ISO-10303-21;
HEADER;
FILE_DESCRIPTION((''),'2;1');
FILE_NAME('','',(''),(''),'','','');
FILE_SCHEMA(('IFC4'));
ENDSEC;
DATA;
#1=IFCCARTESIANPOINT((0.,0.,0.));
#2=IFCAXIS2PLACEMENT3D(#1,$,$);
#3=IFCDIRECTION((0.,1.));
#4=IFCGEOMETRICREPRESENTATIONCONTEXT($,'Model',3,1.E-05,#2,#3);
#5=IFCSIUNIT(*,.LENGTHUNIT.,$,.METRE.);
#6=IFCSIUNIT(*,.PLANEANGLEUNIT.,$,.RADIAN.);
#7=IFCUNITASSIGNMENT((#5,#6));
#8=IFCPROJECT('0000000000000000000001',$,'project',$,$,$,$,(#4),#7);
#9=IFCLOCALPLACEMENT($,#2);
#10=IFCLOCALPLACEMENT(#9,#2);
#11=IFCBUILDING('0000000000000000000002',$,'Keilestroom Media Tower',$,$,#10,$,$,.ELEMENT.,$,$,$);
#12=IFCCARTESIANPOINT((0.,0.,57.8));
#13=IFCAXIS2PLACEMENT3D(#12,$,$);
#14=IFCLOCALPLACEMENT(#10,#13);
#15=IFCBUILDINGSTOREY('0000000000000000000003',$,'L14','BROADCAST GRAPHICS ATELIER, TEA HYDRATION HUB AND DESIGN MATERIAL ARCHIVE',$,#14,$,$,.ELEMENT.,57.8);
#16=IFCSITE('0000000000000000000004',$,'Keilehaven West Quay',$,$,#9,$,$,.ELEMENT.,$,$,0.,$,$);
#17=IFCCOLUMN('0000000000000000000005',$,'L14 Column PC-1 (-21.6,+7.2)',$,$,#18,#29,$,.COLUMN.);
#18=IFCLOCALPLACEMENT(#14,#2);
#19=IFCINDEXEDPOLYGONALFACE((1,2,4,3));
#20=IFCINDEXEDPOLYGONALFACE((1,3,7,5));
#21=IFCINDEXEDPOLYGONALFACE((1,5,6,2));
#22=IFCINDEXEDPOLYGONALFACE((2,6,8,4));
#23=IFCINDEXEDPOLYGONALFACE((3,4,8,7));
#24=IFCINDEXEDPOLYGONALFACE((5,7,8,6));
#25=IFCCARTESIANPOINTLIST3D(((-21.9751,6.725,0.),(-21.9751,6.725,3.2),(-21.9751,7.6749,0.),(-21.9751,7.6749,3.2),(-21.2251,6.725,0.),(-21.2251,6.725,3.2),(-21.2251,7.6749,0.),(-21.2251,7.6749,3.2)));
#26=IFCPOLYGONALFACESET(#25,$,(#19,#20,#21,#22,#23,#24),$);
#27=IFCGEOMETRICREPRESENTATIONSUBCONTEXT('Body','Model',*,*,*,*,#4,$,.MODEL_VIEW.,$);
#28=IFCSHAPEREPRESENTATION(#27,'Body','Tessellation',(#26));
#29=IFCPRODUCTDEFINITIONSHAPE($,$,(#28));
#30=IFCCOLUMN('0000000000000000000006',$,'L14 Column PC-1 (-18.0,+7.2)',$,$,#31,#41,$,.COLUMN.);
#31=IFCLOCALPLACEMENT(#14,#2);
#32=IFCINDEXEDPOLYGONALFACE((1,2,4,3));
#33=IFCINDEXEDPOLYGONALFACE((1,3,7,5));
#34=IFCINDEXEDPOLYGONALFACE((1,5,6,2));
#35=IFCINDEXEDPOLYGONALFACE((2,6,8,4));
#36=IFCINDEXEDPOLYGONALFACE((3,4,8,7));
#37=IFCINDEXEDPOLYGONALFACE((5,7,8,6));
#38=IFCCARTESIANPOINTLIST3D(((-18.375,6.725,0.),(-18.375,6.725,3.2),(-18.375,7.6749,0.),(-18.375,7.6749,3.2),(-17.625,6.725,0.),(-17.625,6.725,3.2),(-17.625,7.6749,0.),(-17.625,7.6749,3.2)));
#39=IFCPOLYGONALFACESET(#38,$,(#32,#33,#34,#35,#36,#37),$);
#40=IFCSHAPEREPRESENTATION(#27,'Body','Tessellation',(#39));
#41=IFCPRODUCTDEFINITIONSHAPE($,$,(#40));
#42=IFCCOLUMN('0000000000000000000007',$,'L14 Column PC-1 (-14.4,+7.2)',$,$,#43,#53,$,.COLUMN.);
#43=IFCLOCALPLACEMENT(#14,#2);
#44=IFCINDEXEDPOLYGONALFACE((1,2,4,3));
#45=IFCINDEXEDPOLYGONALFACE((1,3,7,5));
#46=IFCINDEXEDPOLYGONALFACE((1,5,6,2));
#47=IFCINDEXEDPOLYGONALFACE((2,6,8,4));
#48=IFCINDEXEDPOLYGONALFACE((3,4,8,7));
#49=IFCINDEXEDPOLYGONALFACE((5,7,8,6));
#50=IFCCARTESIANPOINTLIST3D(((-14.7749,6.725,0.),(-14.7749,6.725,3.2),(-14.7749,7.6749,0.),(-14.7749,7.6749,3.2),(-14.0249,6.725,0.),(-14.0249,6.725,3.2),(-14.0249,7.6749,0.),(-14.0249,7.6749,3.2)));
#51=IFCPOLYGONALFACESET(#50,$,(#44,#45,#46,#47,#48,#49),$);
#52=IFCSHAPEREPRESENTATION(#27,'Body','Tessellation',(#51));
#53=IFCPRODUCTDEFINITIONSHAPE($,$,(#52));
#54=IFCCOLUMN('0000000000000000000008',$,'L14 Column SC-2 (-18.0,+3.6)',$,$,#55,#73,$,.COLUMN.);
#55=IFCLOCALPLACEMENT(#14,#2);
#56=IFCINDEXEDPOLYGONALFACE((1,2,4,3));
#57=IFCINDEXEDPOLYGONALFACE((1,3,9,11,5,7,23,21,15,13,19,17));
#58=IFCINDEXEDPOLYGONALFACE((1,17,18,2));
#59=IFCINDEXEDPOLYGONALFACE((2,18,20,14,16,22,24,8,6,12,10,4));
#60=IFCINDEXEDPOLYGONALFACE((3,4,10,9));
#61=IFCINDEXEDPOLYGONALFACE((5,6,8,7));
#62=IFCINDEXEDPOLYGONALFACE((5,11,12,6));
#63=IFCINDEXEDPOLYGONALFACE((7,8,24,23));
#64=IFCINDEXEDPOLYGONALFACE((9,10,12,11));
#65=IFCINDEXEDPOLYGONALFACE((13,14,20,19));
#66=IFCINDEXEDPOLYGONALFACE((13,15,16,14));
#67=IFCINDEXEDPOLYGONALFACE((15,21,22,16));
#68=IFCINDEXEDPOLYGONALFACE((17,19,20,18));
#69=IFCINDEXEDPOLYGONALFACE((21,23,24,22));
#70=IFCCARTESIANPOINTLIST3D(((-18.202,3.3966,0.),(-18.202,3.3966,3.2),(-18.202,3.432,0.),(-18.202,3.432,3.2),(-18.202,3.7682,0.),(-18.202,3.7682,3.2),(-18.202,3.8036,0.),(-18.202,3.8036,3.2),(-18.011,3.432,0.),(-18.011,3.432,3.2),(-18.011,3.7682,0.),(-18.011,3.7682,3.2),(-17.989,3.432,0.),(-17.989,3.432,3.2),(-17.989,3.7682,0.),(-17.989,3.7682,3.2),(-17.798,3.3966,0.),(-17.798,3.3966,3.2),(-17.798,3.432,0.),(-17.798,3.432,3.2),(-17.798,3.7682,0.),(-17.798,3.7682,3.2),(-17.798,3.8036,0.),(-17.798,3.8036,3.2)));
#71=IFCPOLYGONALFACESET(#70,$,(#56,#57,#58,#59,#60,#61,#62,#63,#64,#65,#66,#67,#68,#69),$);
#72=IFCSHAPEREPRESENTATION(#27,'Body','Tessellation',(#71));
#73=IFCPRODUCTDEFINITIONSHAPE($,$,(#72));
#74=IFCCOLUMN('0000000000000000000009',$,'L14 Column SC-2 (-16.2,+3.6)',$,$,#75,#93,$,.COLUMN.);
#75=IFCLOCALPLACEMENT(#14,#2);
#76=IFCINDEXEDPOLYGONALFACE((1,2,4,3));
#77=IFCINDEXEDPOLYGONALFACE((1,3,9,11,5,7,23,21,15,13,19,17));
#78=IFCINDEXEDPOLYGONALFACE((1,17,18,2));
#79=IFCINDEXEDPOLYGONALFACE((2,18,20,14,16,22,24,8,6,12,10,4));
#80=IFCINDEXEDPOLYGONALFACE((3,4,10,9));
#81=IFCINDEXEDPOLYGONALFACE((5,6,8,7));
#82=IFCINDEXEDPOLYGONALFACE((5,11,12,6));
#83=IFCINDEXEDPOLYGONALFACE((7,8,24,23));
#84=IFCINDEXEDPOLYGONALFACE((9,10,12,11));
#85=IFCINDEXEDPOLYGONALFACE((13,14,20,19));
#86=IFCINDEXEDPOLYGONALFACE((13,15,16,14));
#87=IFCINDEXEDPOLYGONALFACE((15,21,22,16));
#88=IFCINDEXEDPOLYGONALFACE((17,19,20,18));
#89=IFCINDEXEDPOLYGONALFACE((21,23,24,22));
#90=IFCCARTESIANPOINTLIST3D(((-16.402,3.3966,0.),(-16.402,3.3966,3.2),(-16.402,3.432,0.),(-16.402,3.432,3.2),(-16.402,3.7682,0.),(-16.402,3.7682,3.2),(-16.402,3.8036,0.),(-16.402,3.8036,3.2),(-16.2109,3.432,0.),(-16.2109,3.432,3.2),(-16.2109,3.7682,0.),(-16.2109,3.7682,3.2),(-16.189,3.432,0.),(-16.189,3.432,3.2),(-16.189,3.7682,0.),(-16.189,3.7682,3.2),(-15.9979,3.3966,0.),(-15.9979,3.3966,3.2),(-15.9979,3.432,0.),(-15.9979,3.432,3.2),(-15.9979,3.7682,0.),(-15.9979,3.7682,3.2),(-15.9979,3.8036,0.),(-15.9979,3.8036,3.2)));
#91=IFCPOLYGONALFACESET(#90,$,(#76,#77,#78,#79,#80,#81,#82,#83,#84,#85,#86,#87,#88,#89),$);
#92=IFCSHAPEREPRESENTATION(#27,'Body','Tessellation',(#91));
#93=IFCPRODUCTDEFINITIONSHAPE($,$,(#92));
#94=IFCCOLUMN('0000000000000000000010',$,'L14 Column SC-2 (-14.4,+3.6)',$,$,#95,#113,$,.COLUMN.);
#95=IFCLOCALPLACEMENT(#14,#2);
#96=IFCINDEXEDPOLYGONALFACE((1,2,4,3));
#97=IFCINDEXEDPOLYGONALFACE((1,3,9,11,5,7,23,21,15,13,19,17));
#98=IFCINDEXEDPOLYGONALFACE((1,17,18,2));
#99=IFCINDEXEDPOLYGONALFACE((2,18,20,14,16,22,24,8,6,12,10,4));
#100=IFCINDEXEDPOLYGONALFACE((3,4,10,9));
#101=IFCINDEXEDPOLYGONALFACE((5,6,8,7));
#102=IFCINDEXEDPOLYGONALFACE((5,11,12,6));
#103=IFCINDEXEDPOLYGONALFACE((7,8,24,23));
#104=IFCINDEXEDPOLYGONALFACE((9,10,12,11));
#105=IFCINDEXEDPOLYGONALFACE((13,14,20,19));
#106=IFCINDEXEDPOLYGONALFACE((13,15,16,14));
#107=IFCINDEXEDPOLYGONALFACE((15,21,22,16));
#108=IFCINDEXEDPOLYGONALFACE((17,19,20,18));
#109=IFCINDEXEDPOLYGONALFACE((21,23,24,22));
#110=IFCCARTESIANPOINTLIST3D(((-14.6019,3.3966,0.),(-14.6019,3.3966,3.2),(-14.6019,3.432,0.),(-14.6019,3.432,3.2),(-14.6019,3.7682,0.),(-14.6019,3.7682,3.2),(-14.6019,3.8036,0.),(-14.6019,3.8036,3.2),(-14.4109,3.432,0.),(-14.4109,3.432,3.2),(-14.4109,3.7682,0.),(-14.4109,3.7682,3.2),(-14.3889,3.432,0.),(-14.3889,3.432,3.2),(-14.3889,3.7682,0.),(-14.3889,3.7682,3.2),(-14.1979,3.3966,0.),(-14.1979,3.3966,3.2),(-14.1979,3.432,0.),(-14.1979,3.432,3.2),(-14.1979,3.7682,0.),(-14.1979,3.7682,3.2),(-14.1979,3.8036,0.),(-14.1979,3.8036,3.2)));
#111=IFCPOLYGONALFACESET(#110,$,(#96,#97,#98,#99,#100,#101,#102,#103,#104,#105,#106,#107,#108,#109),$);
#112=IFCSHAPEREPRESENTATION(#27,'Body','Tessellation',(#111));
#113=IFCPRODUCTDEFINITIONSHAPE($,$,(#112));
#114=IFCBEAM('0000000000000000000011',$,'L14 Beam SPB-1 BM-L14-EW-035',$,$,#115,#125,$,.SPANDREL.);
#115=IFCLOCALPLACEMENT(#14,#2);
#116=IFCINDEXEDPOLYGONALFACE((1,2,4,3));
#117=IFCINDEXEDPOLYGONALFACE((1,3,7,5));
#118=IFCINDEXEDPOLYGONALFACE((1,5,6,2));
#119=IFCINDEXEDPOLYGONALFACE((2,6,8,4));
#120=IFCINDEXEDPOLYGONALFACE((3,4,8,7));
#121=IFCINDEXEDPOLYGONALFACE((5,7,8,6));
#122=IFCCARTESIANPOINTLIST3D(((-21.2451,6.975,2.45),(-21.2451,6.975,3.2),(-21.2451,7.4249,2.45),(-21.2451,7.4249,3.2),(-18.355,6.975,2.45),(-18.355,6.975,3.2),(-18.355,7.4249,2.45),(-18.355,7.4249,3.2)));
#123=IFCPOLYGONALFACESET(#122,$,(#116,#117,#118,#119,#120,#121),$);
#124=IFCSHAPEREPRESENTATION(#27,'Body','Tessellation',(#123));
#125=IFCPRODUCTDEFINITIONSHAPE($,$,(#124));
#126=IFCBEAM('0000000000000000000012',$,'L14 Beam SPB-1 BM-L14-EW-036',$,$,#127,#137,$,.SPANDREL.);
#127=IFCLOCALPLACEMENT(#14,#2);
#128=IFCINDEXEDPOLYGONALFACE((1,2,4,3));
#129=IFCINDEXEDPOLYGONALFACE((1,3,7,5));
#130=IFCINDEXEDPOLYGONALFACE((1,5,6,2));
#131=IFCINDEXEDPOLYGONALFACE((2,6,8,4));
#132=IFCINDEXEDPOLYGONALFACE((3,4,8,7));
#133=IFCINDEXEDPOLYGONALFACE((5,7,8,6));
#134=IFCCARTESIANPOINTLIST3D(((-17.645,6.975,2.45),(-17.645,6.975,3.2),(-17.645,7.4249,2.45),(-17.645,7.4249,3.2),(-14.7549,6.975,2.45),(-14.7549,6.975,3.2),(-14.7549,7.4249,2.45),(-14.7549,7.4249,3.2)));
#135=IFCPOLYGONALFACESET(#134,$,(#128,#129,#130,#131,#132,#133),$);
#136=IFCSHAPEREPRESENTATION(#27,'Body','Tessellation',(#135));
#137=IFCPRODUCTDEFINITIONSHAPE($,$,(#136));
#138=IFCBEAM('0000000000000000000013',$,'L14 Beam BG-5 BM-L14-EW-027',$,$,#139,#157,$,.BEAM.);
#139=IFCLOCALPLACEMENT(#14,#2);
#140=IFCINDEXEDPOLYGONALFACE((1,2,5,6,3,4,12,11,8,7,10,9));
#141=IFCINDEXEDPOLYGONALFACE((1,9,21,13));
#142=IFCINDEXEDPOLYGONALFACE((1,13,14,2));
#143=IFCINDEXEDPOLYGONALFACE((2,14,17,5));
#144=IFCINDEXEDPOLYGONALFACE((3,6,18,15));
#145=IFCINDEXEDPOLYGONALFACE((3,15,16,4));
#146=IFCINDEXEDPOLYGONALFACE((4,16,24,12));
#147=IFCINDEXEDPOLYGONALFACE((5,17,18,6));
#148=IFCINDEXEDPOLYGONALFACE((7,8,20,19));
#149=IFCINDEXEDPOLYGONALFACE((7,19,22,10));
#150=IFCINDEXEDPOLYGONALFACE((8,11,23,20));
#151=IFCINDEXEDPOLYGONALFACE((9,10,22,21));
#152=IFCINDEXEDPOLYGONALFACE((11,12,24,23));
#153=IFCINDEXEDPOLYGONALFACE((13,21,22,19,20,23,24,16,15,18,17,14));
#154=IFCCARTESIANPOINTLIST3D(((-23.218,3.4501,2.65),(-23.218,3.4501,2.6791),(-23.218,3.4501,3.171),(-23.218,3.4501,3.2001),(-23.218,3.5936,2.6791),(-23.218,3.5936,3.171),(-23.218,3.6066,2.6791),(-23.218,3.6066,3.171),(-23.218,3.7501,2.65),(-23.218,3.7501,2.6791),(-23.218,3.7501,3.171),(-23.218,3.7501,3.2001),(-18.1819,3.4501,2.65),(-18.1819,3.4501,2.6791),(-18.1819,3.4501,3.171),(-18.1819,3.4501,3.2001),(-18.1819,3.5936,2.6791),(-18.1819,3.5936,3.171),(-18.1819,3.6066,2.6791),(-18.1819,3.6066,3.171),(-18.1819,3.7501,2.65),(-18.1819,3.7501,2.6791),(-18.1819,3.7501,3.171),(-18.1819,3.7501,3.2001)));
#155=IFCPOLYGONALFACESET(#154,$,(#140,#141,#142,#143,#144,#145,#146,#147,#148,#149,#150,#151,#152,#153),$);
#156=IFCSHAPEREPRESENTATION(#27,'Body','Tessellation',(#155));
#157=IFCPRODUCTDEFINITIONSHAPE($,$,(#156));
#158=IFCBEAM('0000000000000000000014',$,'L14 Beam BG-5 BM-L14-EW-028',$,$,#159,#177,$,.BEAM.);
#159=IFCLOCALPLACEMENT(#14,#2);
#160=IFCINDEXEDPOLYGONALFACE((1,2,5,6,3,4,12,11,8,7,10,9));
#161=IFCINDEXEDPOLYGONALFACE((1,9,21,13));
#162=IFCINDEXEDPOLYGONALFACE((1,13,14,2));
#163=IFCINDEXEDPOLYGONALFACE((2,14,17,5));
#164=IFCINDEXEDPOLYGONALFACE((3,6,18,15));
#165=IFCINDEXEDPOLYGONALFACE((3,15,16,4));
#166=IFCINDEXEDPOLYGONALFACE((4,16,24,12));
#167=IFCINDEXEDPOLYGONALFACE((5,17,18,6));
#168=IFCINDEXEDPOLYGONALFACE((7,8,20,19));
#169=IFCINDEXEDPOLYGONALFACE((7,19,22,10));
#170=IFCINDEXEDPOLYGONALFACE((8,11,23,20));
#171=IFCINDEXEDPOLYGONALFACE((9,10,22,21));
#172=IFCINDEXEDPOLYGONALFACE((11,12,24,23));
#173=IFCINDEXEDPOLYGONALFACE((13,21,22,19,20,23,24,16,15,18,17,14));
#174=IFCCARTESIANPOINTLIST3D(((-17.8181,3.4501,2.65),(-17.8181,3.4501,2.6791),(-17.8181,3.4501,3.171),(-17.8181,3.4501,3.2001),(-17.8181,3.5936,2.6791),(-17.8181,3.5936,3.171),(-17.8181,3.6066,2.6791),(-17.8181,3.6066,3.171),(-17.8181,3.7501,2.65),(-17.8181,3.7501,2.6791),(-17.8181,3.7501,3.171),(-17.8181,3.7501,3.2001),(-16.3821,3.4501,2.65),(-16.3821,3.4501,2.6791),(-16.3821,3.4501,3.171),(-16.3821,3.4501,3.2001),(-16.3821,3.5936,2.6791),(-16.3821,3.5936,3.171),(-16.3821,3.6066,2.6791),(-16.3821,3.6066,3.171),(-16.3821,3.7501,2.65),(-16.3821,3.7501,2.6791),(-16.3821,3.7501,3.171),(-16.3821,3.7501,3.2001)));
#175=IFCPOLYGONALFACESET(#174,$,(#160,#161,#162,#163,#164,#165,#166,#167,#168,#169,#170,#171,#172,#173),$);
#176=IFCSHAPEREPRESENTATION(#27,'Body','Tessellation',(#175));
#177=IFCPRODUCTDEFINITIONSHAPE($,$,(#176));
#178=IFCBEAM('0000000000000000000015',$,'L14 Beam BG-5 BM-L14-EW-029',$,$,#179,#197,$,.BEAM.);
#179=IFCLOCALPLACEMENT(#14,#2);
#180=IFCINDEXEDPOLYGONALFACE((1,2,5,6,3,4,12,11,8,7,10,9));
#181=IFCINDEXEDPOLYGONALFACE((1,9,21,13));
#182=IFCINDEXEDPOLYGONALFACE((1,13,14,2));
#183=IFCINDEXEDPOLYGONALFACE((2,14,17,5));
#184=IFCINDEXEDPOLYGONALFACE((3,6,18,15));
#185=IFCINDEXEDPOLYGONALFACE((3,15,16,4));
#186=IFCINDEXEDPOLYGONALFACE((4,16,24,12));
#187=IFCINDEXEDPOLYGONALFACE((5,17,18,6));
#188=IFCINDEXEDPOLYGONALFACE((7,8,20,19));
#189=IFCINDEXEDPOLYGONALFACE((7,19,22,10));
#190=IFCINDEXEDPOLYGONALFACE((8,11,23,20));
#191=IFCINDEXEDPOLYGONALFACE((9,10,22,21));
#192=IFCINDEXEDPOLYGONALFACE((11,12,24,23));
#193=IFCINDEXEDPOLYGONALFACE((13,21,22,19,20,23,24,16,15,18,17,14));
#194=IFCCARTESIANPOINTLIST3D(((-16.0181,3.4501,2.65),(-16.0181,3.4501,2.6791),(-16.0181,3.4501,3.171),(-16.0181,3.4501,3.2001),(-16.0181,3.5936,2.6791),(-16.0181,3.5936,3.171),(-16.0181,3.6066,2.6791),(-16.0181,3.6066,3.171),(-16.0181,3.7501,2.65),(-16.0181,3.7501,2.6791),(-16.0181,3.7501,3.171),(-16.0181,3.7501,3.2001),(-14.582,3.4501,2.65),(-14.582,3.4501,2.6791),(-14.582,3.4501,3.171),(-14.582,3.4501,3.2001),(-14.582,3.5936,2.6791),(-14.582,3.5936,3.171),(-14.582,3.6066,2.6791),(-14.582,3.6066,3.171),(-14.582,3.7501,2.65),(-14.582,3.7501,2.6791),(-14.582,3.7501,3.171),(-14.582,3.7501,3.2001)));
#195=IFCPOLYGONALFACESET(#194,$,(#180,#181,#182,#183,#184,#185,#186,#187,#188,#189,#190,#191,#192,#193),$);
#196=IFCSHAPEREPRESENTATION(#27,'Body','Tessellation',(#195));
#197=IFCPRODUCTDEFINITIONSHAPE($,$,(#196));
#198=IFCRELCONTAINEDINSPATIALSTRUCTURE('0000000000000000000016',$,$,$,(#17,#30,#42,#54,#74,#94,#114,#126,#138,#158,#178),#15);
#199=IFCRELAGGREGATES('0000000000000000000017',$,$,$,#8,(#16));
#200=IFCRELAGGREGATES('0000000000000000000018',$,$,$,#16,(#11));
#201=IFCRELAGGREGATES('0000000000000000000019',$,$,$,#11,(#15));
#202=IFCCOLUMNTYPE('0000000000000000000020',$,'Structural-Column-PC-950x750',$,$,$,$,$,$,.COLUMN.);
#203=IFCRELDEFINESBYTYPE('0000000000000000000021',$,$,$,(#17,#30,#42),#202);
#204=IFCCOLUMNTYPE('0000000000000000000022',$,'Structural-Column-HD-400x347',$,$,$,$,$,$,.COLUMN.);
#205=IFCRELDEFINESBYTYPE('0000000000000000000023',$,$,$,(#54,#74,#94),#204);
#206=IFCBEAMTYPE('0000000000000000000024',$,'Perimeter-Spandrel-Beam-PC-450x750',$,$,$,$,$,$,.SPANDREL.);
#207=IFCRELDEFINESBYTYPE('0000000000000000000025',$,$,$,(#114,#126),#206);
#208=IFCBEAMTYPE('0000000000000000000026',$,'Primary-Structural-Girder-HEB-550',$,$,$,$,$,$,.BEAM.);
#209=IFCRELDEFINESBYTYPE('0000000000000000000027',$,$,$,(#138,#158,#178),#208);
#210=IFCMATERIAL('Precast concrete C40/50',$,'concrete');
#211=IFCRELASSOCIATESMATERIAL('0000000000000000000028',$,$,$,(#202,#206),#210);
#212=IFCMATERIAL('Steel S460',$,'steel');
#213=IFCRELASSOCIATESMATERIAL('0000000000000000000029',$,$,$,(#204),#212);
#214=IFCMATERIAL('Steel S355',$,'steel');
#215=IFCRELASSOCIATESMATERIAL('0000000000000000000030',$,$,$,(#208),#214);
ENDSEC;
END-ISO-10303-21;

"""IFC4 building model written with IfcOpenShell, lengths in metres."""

from ifc_helpers import new_model, si_unit, direction, frame, origin, origin_2d, place, context, subcontext, project, spatial, rectangle, i_section, extrude, source, transform, mapped, material, material_profile, profile_set, type_object, element, save


model = new_model("IFC4")

# Units and contexts
model_context = context("Model", 3, precision=1e-05, world=origin(), true_north=direction((0.0, 1.0)))
body_context = subcontext(model_context, "Body", "Model", "MODEL_VIEW")
ifc_project = project(units=[si_unit("LENGTHUNIT", "METRE"), si_unit("PLANEANGLEUNIT", "RADIAN")], contexts=[model_context])

# Site, building, storey
site_placement = place(None, origin())
site = spatial("IfcSite", under=ifc_project, at=site_placement, Name="Keilehaven West Quay", CompositionType="ELEMENT", RefElevation=0.0)
building_placement = place(site_placement, origin())
building = spatial("IfcBuilding", under=site, at=building_placement, Name="Keilestroom Media Tower", CompositionType="ELEMENT")
storey_placement = place(building_placement, frame((0.0, 0.0, 57.8)))
storey = spatial("IfcBuildingStorey", under=building, at=storey_placement, Name="L14", Description="BROADCAST GRAPHICS ATELIER, TEA HYDRATION HUB AND DESIGN MATERIAL ARCHIVE", CompositionType="ELEMENT", Elevation=57.8)

# Columns
ifc_material_1 = material(Name="Precast concrete C40/50", Category="concrete")
ifc_material_profile_1 = material_profile(ifc_material_1, rectangle(XDim=0.75, YDim=0.95, at=origin_2d()), Name="PC 950x750")
ifc_profile_set_1 = profile_set([ifc_material_profile_1], Name="Precast concrete C40/50")
column_type_1 = type_object("IfcColumnType", Name="Structural-Column-PC-950x750", PredefinedType="COLUMN", material=ifc_profile_set_1)
shared_shape_1 = source(origin(), body_context, "Body", "SweptSolid", [
    extrude(rectangle(XDim=0.75, YDim=0.95, at=origin_2d()), origin(), (0.0, 0.0, 1.0), 3.2),
])
for number, where, z_axis, x_axis, name in (
    (1, (-21.6001, 7.2, 0.0), (0.0, 0.0, 1.0), (1.0, 0.0, 0.0), "L14 Column PC-1 (-21.6,+7.2)"),
    (2, (-18.0, 7.2, 0.0), (0.0, 0.0, 1.0), (1.0, 0.0, 0.0), "L14 Column PC-1 (-18.0,+7.2)"),
    (3, (-14.3999, 7.2, 0.0), (0.0, 0.0, 1.0), (1.0, 0.0, 0.0), "L14 Column PC-1 (-14.4,+7.2)"),
):
    element("IfcColumn", number, at=place(storey_placement, frame(where, z_axis=z_axis, x_axis=x_axis)), inside=storey, type_object=column_type_1, Name=name, PredefinedType="COLUMN", context=body_context, shape_type="MappedRepresentation", body=[
        mapped(shared_shape_1, transform((0.0, 0.0, 0.0), x_axis=(1.0, 0.0, 0.0), y_axis=(0.0, 1.0, 0.0), z_axis=(0.0, 0.0, 1.0), scale=1.0)),
    ])
ifc_material_2 = material(Name="Steel S460", Category="steel")
ifc_material_profile_2 = material_profile(ifc_material_2, i_section(OverallWidth=0.4041, OverallDepth=0.407, WebThickness=0.022, FlangeThickness=0.0354, at=origin_2d()), Name="HD 400x347")
ifc_profile_set_2 = profile_set([ifc_material_profile_2], Name="Steel S460")
column_type_2 = type_object("IfcColumnType", Name="Structural-Column-HD-400x347", PredefinedType="COLUMN", material=ifc_profile_set_2)
shared_shape_2 = source(origin(), body_context, "Body", "SweptSolid", [
    extrude(i_section(OverallWidth=0.4041, OverallDepth=0.407, WebThickness=0.022, FlangeThickness=0.0354, at=origin_2d()), origin(), (0.0, 0.0, 1.0), 3.2),
])
for number, where, z_axis, x_axis, name in (
    (4, (-18.0, 3.6001, 0.0), (0.0, 0.0, 1.0), (1.0, 0.0, 0.0), "L14 Column SC-2 (-18.0,+3.6)"),
    (5, (-16.2, 3.6001, 0.0), (0.0, 0.0, 1.0), (1.0, 0.0, 0.0), "L14 Column SC-2 (-16.2,+3.6)"),
    (6, (-14.3999, 3.6001, 0.0), (0.0, 0.0, 1.0), (1.0, 0.0, 0.0), "L14 Column SC-2 (-14.4,+3.6)"),
):
    element("IfcColumn", number, at=place(storey_placement, frame(where, z_axis=z_axis, x_axis=x_axis)), inside=storey, type_object=column_type_2, Name=name, PredefinedType="COLUMN", context=body_context, shape_type="MappedRepresentation", body=[
        mapped(shared_shape_2, transform((0.0, 0.0, 0.0), x_axis=(1.0, 0.0, 0.0), y_axis=(0.0, 1.0, 0.0), z_axis=(0.0, 0.0, 1.0), scale=1.0)),
    ])

# Beams
ifc_material_profile_3 = material_profile(ifc_material_1, rectangle(XDim=0.45, YDim=0.75, at=origin_2d()), Name="PC 450x750")
ifc_profile_set_3 = profile_set([ifc_material_profile_3], Name="Precast concrete C40/50")
beam_type_1 = type_object("IfcBeamType", Name="Perimeter-Spandrel-Beam-PC-450x750", PredefinedType="SPANDREL", material=ifc_profile_set_3)
shared_shape_3 = source(origin(), body_context, "Body", "SweptSolid", [
    extrude(rectangle(XDim=0.45, YDim=0.75, at=origin_2d()), origin(), (0.0, 0.0, 1.0), 2.8901),
])
for number, where, z_axis, x_axis, name in (
    (7, (-21.2451, 7.2, 2.825), (1.0, 0.0, 0.0), (0.0, 1.0, 0.0), "L14 Beam SPB-1 BM-L14-EW-035"),
    (8, (-17.645, 7.2, 2.825), (1.0, 0.0, 0.0), (0.0, 1.0, 0.0), "L14 Beam SPB-1 BM-L14-EW-036"),
):
    element("IfcBeam", number, at=place(storey_placement, frame(where, z_axis=z_axis, x_axis=x_axis)), inside=storey, type_object=beam_type_1, Name=name, PredefinedType="SPANDREL", context=body_context, shape_type="MappedRepresentation", body=[
        mapped(shared_shape_3, transform((0.0, 0.0, 0.0), x_axis=(1.0, 0.0, 0.0), y_axis=(0.0, 1.0, 0.0), z_axis=(0.0, 0.0, 1.0), scale=1.0)),
    ])
ifc_material_3 = material(Name="Steel S355", Category="steel")
ifc_material_profile_4 = material_profile(ifc_material_3, i_section(OverallWidth=0.3, OverallDepth=0.55, WebThickness=0.0129, FlangeThickness=0.0291, at=origin_2d()), Name="HEB 550")
ifc_profile_set_4 = profile_set([ifc_material_profile_4], Name="Steel S355")
beam_type_2 = type_object("IfcBeamType", Name="Primary-Structural-Girder-HEB-550", PredefinedType="BEAM", material=ifc_profile_set_4)
shared_shape_4 = source(origin(), body_context, "Body", "SweptSolid", [
    extrude(i_section(OverallWidth=0.3, OverallDepth=0.55, WebThickness=0.0129, FlangeThickness=0.0291, at=origin_2d()), origin(), (0.0, 0.0, 1.0), 5.0361),
])
beam_placement = place(storey_placement, frame((-23.218, 3.6001, 2.925), z_axis=(1.0, 0.0, 0.0), x_axis=(0.0, 1.0, 0.0)))
element("IfcBeam", 9, at=beam_placement, inside=storey, type_object=beam_type_2, Name="L14 Beam BG-5 BM-L14-EW-027", PredefinedType="BEAM", context=body_context, shape_type="MappedRepresentation", body=[
    mapped(shared_shape_4, transform((0.0, 0.0, 0.0), x_axis=(1.0, 0.0, 0.0), y_axis=(0.0, 1.0, 0.0), z_axis=(0.0, 0.0, 1.0), scale=1.0)),
])
shared_shape_5 = source(origin(), body_context, "Body", "SweptSolid", [
    extrude(i_section(OverallWidth=0.3, OverallDepth=0.55, WebThickness=0.0129, FlangeThickness=0.0291, at=origin_2d()), origin(), (0.0, 0.0, 1.0), 1.436),
])
for number, where, z_axis, x_axis, name in (
    (10, (-17.8181, 3.6001, 2.925), (1.0, 0.0, 0.0), (0.0, 1.0, 0.0), "L14 Beam BG-5 BM-L14-EW-028"),
    (11, (-16.0181, 3.6001, 2.925), (1.0, 0.0, 0.0), (0.0, 1.0, 0.0), "L14 Beam BG-5 BM-L14-EW-029"),
):
    element("IfcBeam", number, at=place(storey_placement, frame(where, z_axis=z_axis, x_axis=x_axis)), inside=storey, type_object=beam_type_2, Name=name, PredefinedType="BEAM", context=body_context, shape_type="MappedRepresentation", body=[
        mapped(shared_shape_5, transform((0.0, 0.0, 0.0), x_axis=(1.0, 0.0, 0.0), y_axis=(0.0, 1.0, 0.0), z_axis=(0.0, 0.0, 1.0), scale=1.0)),
    ])

save(model, "model.ifc")
